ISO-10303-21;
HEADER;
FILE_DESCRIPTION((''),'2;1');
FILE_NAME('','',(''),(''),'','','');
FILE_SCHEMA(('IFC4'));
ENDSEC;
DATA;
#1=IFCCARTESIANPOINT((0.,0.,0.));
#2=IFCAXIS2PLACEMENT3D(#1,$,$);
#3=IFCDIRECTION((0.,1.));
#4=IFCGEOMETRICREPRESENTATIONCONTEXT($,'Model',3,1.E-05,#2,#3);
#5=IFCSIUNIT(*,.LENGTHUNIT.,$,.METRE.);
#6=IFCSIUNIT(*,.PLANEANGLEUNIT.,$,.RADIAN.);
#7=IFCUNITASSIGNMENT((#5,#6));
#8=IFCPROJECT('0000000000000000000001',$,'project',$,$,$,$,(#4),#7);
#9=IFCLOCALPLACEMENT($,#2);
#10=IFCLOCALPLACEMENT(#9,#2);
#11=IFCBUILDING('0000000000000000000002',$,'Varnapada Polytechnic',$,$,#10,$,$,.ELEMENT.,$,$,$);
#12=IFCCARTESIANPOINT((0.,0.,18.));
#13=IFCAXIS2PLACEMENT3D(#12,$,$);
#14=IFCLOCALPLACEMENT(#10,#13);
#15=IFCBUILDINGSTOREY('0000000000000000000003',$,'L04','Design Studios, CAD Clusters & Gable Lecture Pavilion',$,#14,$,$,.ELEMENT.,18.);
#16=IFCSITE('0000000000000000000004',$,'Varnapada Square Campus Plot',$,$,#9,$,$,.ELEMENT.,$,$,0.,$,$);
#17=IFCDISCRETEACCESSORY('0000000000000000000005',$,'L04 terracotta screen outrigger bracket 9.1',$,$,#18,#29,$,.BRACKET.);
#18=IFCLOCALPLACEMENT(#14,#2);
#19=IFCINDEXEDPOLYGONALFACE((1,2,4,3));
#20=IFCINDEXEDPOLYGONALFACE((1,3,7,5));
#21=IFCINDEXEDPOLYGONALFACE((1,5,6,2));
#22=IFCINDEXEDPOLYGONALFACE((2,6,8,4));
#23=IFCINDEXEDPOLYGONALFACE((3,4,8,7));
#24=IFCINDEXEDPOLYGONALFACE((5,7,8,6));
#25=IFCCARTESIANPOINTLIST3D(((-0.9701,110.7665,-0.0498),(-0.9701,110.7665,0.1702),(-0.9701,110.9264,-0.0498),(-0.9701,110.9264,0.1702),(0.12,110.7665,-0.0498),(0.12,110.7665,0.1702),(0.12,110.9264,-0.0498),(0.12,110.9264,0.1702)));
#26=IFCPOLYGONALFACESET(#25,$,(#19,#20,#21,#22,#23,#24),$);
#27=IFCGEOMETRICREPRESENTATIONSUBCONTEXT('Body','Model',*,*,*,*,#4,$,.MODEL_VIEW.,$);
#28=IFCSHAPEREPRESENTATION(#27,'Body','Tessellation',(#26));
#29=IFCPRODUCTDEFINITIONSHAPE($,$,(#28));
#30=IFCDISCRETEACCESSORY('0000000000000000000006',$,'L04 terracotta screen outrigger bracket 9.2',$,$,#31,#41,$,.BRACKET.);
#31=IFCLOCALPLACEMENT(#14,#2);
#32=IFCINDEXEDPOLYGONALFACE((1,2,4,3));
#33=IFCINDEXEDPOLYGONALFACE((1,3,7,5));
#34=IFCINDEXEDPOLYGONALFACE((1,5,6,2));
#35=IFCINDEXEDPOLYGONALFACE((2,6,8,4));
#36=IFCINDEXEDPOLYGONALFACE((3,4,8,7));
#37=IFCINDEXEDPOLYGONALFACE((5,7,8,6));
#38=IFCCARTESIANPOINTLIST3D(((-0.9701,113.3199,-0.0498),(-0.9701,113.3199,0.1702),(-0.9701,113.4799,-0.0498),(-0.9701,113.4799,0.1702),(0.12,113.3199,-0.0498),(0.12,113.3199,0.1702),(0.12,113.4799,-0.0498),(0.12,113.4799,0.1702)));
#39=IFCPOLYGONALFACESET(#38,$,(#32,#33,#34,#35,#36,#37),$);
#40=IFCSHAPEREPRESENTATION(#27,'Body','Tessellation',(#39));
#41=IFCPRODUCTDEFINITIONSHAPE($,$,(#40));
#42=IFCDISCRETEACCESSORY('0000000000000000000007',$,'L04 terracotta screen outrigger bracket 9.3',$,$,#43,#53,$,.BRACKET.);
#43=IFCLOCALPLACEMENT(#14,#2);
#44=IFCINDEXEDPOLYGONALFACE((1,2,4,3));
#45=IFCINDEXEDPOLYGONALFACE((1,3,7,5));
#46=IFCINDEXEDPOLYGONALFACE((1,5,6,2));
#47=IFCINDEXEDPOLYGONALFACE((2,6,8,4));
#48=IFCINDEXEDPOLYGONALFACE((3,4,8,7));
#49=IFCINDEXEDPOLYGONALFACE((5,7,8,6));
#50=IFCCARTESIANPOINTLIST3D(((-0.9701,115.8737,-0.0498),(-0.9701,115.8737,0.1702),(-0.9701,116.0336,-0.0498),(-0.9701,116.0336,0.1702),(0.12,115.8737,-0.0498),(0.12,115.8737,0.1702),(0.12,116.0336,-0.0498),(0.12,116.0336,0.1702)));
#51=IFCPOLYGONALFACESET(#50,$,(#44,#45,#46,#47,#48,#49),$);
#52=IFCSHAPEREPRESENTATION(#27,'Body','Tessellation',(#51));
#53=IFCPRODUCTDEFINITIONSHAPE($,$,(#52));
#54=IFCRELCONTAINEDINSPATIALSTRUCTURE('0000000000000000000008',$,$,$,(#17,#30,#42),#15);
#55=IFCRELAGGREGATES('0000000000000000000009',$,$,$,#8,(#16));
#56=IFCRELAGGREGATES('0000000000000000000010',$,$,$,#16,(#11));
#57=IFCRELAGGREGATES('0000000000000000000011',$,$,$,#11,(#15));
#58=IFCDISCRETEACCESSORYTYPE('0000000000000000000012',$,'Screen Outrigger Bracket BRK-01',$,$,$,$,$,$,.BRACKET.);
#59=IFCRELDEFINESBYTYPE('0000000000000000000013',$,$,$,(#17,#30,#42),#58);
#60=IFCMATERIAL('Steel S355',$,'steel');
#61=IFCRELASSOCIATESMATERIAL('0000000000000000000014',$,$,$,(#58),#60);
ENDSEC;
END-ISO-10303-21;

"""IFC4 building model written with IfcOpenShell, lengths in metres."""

from ifc_helpers import new_model, si_unit, direction, frame, origin, origin_2d, place, context, subcontext, project, spatial, rectangle, extrude, material, type_object, element, save


model = new_model("IFC4")

# Units and contexts
model_context = context("Model", 3, precision=1e-05, world=origin(), true_north=direction((0.0, 1.0)))
body_context = subcontext(model_context, "Body", "Model", "MODEL_VIEW")
ifc_project = project(units=[si_unit("LENGTHUNIT", "METRE"), si_unit("PLANEANGLEUNIT", "RADIAN")], contexts=[model_context])

# Site, building, storey
site_placement = place(None, origin())
site = spatial("IfcSite", under=ifc_project, at=site_placement, Name="Varnapada Square Campus Plot", CompositionType="ELEMENT", RefElevation=0.0)
building_placement = place(site_placement, origin())
building = spatial("IfcBuilding", under=site, at=building_placement, Name="Varnapada Polytechnic", CompositionType="ELEMENT")
storey_placement = place(building_placement, frame((0.0, 0.0, 18.0)))
storey = spatial("IfcBuildingStorey", under=building, at=storey_placement, Name="L04", Description="Design Studios, CAD Clusters & Gable Lecture Pavilion", CompositionType="ELEMENT", Elevation=18.0)

# Discrete accessories
ifc_material_1 = material(Name="Steel S355", Category="steel")
discrete_accessory_type = type_object("IfcDiscreteAccessoryType", Name="Screen Outrigger Bracket BRK-01", PredefinedType="BRACKET", material=ifc_material_1)
for number, where, z_axis, x_axis, name in (
    (1, (-0.425, 110.8464, -0.0498), (0.0, 0.0, 1.0), (0.0, 1.0, 0.0), "L04 terracotta screen outrigger bracket 9.1"),
    (2, (-0.425, 113.3999, -0.0498), (0.0, 0.0, 1.0), (0.0, 1.0, 0.0), "L04 terracotta screen outrigger bracket 9.2"),
    (3, (-0.425, 115.9536, -0.0498), (0.0, 0.0, 1.0), (0.0, 1.0, 0.0), "L04 terracotta screen outrigger bracket 9.3"),
):
    element("IfcDiscreteAccessory", number, at=place(storey_placement, frame(where, z_axis=z_axis, x_axis=x_axis)), inside=storey, type_object=discrete_accessory_type, Name=name, PredefinedType="BRACKET", context=body_context, shape_type="SweptSolid", body=[
        extrude(rectangle(XDim=0.1599, YDim=1.0901, at=origin_2d()), origin(), (0.0, 0.0, 1.0), 0.22),
    ])

save(model, "model.ifc")
